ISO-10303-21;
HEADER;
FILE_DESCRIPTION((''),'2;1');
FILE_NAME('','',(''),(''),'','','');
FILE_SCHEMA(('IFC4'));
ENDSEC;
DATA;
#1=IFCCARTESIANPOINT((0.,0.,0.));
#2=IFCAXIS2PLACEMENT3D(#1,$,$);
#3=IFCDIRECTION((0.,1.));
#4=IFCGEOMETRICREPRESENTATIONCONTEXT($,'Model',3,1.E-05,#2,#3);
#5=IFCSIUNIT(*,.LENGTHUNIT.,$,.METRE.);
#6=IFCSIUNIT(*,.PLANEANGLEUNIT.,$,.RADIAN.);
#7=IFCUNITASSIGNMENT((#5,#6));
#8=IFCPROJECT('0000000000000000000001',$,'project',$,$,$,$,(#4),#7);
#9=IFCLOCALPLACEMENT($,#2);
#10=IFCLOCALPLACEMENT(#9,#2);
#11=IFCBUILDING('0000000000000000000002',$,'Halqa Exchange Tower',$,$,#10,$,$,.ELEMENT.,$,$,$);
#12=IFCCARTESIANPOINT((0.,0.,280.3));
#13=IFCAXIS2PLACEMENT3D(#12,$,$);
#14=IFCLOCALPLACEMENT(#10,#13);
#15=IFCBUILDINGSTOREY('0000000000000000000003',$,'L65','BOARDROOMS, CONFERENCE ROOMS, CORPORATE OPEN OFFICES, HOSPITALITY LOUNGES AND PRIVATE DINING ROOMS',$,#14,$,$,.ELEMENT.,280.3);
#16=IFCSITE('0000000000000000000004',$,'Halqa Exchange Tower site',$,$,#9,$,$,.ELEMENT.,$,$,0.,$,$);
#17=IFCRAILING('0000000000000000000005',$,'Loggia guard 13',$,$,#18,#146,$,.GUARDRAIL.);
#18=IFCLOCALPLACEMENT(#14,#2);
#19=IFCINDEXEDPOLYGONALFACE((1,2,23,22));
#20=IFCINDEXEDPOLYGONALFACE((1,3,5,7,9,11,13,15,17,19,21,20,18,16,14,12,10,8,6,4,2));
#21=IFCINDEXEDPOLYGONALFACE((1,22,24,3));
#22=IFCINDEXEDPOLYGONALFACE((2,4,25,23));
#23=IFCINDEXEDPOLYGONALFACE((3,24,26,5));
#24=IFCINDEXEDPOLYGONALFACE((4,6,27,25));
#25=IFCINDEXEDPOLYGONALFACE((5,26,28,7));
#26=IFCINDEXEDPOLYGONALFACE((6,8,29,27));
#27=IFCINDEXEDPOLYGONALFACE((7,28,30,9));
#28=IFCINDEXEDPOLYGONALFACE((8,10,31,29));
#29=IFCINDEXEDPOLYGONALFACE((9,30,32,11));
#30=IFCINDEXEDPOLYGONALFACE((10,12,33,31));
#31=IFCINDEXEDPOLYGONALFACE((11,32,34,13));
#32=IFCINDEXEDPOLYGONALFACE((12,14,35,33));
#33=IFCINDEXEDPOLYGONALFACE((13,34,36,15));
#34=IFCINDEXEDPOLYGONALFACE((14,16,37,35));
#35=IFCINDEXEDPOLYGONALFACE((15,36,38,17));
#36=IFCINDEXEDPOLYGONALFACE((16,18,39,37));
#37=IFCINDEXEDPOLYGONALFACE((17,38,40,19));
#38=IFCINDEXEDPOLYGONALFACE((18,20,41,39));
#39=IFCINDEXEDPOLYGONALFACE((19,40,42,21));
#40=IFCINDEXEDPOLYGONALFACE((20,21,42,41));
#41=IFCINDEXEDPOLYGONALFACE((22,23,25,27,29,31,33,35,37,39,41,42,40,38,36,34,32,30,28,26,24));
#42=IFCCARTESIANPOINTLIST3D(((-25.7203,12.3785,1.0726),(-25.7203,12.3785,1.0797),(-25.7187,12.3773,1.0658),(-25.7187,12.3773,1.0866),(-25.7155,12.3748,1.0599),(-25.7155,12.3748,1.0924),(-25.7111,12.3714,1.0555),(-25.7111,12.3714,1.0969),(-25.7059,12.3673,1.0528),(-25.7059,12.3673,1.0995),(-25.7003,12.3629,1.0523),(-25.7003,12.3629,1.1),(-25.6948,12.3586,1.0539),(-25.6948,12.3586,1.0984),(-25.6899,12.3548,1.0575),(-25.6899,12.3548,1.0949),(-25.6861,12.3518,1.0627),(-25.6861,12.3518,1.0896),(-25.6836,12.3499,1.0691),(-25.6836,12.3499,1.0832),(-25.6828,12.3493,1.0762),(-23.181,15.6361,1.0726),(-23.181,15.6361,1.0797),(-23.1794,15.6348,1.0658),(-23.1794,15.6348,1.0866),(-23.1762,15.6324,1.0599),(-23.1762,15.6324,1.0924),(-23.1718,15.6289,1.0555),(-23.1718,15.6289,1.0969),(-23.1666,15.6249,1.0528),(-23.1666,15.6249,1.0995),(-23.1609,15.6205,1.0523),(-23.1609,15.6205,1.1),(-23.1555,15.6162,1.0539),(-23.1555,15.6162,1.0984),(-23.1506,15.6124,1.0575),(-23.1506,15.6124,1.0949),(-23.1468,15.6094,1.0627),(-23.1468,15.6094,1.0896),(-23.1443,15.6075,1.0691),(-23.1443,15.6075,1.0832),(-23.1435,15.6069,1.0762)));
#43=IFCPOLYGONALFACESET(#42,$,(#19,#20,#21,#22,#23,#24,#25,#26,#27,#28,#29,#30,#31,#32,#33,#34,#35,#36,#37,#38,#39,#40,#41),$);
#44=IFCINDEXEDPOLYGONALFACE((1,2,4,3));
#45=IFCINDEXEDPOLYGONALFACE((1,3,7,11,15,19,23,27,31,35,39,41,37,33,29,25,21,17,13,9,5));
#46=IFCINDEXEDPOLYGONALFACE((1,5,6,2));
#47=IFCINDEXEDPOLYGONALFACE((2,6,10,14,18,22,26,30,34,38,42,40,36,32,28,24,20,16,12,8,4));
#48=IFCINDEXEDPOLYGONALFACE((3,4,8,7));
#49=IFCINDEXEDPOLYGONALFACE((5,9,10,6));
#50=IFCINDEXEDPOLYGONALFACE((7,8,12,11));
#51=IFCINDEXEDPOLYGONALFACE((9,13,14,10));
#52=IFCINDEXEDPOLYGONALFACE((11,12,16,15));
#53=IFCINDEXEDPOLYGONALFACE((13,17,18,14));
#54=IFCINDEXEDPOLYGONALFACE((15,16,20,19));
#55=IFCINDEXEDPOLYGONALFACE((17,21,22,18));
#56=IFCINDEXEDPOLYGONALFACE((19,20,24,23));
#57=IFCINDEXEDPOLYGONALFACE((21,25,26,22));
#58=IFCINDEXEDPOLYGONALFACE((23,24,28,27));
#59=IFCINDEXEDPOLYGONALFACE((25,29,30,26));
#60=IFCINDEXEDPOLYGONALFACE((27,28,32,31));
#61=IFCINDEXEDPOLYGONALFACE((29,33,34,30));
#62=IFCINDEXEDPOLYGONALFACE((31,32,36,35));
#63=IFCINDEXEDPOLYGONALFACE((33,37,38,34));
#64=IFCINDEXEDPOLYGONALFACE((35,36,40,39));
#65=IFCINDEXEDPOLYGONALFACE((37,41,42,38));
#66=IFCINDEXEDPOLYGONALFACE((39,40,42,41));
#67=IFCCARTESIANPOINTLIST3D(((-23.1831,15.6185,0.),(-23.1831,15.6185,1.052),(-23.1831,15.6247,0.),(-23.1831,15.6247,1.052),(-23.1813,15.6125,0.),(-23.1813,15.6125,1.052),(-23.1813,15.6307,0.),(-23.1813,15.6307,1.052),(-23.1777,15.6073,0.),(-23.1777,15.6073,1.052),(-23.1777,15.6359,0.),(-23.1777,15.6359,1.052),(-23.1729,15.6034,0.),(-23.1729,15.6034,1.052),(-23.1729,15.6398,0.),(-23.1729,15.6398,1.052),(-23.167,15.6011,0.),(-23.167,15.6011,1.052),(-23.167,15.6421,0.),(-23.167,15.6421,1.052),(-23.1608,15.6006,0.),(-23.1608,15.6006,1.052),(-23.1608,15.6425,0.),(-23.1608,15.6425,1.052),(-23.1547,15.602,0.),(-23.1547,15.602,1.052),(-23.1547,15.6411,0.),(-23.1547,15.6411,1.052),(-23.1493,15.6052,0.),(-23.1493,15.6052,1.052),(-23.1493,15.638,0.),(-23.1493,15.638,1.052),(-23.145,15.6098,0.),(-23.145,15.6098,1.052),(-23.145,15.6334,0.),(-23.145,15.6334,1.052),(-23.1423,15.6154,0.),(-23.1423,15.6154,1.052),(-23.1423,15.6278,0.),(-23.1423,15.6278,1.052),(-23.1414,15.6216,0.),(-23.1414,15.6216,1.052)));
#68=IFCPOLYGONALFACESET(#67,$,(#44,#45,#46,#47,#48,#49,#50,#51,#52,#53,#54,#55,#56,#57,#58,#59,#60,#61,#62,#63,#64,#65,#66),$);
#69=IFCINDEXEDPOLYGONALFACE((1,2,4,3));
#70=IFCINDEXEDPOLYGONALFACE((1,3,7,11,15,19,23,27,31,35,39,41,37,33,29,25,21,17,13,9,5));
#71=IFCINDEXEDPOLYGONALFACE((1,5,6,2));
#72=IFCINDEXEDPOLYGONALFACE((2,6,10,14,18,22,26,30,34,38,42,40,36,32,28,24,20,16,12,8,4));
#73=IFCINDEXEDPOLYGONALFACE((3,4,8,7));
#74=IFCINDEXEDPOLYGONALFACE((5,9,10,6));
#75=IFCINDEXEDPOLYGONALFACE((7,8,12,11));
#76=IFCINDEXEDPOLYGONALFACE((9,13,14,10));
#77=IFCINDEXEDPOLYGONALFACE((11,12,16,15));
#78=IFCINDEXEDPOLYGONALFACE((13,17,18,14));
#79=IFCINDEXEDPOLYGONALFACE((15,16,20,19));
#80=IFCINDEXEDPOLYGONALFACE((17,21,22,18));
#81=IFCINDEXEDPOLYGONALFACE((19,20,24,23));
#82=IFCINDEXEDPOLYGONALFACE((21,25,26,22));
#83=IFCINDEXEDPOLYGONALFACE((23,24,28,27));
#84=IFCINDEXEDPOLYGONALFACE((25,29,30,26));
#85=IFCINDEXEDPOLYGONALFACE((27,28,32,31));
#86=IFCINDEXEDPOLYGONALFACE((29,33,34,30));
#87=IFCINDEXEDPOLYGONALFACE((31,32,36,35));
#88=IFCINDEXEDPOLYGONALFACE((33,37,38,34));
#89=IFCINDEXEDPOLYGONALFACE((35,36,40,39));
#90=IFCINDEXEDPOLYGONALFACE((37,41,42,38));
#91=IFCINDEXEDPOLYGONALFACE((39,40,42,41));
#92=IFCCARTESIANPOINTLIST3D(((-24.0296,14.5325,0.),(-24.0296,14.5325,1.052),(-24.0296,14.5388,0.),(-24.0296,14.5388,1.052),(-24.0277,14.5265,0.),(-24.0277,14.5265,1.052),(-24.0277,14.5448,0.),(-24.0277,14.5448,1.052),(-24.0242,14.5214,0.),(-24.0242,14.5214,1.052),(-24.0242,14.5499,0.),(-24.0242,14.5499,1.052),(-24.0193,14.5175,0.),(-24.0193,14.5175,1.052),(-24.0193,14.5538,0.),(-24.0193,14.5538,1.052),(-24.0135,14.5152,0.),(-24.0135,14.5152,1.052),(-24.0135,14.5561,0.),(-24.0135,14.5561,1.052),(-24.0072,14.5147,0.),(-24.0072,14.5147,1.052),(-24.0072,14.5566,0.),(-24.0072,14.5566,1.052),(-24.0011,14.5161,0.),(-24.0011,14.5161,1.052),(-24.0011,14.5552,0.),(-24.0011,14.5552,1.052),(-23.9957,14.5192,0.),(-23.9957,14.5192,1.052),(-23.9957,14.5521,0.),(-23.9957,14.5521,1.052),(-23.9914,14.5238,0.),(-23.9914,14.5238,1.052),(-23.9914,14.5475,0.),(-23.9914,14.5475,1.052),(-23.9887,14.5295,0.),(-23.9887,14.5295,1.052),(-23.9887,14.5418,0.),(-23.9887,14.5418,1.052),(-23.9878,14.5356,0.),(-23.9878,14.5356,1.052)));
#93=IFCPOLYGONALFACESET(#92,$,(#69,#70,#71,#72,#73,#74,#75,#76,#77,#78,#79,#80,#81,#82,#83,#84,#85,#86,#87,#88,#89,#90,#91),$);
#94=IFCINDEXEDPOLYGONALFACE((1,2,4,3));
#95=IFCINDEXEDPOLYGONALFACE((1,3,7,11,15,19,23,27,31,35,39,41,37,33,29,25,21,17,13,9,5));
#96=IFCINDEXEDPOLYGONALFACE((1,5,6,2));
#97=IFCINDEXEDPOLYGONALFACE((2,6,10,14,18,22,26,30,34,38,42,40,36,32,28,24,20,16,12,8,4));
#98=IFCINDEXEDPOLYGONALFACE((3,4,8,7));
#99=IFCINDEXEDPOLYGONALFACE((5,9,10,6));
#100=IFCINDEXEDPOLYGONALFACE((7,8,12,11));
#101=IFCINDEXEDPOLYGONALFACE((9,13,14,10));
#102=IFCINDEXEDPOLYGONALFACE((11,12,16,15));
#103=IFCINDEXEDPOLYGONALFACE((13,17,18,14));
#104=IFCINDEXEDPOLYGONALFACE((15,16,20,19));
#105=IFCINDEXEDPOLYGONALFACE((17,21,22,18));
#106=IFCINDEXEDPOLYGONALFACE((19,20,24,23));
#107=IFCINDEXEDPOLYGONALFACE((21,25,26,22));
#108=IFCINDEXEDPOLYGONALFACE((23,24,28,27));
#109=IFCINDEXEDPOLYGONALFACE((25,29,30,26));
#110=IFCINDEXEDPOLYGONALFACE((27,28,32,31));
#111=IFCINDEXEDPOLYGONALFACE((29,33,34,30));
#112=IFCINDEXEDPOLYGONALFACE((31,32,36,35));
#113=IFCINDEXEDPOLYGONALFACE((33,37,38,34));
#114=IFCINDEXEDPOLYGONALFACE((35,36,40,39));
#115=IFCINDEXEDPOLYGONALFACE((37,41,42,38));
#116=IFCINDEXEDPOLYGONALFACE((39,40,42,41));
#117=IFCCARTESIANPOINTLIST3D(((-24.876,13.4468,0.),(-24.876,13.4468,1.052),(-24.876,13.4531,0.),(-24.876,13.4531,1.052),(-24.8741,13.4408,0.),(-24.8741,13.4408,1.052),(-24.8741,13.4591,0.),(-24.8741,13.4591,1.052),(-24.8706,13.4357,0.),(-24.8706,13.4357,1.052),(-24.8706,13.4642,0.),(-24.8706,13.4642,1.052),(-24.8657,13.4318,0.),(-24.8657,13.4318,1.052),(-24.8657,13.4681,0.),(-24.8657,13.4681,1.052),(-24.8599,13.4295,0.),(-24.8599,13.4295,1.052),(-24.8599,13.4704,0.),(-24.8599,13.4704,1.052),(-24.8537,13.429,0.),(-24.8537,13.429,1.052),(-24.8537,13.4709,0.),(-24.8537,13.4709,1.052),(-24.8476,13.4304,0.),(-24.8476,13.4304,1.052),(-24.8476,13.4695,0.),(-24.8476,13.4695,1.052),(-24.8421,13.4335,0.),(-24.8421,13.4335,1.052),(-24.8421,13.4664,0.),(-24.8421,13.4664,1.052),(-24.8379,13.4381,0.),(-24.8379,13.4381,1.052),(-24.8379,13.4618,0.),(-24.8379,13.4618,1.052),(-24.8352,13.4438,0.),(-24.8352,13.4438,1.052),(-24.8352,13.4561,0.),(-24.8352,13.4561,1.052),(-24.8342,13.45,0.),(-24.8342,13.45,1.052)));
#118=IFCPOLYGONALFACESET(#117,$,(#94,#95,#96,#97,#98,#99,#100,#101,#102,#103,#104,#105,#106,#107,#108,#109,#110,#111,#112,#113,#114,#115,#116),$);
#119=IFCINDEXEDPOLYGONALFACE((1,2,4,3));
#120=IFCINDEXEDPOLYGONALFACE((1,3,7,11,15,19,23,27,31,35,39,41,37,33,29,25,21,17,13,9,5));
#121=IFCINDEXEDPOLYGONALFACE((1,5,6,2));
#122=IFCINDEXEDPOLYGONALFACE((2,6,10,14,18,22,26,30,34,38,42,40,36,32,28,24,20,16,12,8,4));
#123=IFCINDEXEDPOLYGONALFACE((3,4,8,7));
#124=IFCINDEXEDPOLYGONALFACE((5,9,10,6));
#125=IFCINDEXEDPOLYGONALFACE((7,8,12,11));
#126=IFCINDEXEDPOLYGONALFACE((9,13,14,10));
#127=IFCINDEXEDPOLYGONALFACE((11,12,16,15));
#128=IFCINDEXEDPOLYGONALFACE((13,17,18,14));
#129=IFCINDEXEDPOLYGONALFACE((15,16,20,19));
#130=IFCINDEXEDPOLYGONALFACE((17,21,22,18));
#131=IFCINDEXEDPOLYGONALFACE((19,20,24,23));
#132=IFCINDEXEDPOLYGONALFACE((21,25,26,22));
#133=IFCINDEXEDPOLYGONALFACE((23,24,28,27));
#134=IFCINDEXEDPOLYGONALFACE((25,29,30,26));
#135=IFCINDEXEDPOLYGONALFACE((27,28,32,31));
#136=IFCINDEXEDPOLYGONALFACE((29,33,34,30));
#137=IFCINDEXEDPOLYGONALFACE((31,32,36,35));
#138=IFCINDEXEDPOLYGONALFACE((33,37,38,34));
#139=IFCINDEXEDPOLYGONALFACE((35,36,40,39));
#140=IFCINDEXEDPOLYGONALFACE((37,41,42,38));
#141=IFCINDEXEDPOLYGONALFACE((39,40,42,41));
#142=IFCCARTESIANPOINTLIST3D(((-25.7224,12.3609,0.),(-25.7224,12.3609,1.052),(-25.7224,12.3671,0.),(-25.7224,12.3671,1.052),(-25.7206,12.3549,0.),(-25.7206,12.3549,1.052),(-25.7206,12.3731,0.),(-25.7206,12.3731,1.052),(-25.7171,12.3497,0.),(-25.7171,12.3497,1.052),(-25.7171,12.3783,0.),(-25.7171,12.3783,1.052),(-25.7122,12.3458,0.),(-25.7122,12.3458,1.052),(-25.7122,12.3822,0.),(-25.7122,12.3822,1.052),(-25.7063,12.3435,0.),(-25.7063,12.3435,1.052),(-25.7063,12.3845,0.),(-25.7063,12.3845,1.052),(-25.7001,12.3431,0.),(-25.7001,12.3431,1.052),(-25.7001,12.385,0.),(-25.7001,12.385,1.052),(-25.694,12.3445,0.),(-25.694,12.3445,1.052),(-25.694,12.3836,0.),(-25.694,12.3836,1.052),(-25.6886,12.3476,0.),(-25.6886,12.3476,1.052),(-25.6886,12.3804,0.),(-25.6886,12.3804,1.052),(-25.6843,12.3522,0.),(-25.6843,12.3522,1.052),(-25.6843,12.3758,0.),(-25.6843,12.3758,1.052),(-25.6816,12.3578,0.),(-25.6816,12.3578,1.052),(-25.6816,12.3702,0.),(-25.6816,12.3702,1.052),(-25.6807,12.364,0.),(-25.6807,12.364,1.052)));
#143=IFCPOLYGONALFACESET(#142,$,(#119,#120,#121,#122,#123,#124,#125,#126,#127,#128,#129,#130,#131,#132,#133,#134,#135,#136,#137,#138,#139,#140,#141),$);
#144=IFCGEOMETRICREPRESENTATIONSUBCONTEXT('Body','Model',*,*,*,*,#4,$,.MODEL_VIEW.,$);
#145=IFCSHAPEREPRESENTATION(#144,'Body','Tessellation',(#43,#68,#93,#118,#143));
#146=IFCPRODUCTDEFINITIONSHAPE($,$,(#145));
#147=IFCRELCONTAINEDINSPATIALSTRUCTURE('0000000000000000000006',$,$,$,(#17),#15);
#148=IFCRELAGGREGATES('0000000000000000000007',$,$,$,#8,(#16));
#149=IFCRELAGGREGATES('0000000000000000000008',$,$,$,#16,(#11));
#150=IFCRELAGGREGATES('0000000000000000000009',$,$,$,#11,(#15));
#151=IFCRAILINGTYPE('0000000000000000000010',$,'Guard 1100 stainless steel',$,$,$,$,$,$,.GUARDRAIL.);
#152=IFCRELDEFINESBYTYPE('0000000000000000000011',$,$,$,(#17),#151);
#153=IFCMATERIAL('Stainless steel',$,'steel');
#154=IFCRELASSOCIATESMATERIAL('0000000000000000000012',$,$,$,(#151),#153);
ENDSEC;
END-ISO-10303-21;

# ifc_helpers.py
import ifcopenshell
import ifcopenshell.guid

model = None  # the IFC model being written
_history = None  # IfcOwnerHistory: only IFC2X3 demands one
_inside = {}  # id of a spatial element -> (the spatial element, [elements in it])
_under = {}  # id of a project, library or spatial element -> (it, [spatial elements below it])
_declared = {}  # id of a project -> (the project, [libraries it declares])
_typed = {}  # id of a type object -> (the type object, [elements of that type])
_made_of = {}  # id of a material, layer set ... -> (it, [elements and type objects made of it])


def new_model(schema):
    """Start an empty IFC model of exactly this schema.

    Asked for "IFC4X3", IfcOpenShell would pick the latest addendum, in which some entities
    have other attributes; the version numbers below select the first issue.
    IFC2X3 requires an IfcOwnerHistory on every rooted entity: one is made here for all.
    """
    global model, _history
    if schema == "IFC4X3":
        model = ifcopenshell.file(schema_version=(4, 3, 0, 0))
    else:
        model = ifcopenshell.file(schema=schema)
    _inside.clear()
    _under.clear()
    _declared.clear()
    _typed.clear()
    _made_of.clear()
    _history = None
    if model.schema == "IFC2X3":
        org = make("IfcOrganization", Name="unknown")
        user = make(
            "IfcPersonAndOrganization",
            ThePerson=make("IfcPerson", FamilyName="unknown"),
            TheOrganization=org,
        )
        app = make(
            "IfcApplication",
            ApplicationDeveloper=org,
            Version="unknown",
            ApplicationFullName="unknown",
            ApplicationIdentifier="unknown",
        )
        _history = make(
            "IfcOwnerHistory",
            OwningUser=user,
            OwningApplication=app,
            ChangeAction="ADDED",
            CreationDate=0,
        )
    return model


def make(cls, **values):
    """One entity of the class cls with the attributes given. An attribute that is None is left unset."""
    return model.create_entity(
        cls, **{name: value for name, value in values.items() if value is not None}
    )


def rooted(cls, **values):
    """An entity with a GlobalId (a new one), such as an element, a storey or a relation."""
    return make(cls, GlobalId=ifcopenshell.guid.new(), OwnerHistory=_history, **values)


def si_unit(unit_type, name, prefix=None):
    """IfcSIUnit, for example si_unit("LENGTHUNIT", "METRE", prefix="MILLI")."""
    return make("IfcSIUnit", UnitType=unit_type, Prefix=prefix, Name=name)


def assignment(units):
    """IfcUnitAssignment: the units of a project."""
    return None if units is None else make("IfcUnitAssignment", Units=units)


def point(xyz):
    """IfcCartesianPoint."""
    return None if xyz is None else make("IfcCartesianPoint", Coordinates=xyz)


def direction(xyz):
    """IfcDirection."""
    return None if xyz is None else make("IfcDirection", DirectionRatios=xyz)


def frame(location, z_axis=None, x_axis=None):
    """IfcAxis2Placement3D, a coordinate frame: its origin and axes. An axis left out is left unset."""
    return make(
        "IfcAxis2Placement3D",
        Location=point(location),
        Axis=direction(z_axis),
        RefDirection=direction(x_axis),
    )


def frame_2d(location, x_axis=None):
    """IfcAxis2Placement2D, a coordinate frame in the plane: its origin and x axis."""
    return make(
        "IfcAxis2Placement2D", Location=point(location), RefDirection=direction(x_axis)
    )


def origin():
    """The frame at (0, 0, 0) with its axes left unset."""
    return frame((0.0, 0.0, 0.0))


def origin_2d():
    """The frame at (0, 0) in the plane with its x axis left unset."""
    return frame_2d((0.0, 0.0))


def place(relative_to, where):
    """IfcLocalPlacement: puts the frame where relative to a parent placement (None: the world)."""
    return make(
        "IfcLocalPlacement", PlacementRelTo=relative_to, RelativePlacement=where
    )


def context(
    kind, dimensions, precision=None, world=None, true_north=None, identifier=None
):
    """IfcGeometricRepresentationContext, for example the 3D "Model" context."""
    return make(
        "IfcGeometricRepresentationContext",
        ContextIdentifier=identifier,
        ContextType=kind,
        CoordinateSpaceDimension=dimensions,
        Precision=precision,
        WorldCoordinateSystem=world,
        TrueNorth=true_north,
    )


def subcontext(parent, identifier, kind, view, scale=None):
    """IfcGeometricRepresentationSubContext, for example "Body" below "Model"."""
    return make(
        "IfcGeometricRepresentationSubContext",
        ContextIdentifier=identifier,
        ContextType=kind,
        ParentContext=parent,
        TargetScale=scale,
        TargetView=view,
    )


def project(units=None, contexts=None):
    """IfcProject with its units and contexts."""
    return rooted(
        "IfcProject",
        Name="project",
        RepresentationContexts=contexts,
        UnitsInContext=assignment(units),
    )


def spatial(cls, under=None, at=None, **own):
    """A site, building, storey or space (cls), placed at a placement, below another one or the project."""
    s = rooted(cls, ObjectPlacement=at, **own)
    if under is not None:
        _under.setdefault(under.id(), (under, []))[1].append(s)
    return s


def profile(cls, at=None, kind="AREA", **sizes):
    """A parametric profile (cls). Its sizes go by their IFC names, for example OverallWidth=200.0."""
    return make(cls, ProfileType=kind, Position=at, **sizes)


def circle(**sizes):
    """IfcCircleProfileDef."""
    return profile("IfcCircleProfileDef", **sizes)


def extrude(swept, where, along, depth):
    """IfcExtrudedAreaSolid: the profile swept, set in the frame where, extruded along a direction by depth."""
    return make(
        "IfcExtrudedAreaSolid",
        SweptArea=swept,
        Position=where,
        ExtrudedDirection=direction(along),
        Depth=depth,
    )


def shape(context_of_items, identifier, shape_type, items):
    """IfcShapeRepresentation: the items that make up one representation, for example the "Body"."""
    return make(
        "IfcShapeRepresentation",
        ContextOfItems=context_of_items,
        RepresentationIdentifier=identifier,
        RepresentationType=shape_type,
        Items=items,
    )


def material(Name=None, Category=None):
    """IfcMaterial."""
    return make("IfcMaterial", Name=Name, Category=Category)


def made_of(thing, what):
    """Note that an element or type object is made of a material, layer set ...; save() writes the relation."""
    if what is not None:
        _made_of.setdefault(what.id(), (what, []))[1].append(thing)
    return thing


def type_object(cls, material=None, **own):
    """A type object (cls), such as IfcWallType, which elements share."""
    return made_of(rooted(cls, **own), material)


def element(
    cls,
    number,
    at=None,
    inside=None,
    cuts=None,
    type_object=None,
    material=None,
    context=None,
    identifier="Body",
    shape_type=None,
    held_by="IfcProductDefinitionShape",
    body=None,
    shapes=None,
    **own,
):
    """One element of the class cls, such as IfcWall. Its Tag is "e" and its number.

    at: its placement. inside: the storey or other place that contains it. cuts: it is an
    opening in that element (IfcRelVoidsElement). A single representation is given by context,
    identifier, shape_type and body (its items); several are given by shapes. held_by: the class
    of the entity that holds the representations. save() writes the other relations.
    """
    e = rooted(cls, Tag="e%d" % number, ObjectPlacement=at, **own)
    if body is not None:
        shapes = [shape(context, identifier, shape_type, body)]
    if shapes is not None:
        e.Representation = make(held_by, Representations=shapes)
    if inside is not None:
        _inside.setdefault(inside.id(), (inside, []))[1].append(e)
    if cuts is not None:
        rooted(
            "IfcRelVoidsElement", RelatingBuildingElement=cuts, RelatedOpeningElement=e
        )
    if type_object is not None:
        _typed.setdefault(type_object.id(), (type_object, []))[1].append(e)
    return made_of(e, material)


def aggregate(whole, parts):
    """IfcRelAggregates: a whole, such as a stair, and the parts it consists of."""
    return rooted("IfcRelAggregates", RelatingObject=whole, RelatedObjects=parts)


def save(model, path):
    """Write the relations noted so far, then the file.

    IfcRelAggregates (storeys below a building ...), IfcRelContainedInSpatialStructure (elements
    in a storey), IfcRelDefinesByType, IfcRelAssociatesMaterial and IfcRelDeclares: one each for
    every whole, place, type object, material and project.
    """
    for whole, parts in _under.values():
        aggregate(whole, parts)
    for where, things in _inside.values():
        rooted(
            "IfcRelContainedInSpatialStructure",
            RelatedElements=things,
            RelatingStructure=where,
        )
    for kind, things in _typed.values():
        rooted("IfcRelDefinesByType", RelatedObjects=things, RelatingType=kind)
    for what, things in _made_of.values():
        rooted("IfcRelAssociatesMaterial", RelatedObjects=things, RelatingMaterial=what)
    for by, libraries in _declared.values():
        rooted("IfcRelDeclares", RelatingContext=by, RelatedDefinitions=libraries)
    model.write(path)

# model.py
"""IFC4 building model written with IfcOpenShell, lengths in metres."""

from ifc_helpers import new_model, si_unit, direction, frame, origin, origin_2d, place, context, subcontext, project, spatial, circle, extrude, material, type_object, element, save


model = new_model("IFC4")

# Units and contexts
model_context = context("Model", 3, precision=1e-05, world=origin(), true_north=direction((0.0, 1.0)))
body_context = subcontext(model_context, "Body", "Model", "MODEL_VIEW")
ifc_project = project(units=[si_unit("LENGTHUNIT", "METRE"), si_unit("PLANEANGLEUNIT", "RADIAN")], contexts=[model_context])

# Site, building, storey
site_placement = place(None, origin())
site = spatial("IfcSite", under=ifc_project, at=site_placement, Name="Halqa Exchange Tower site", CompositionType="ELEMENT", RefElevation=0.0)
building_placement = place(site_placement, origin())
building = spatial("IfcBuilding", under=site, at=building_placement, Name="Halqa Exchange Tower", CompositionType="ELEMENT")
storey_placement = place(building_placement, frame((0.0, 0.0, 280.3)))
storey = spatial("IfcBuildingStorey", under=building, at=storey_placement, Name="L65", Description="BOARDROOMS, CONFERENCE ROOMS, CORPORATE OPEN OFFICES, HOSPITALITY LOUNGES AND PRIVATE DINING ROOMS", CompositionType="ELEMENT", Elevation=280.3)

# Railing
ifc_material_1 = material(Name="Stainless steel", Category="steel")
railing_type = type_object("IfcRailingType", Name="Guard 1100 stainless steel", PredefinedType="GUARDRAIL", material=ifc_material_1)
railing_1_placement = place(storey_placement, frame((-23.1624, 15.6216, 0.0)))
element("IfcRailing", 1, at=railing_1_placement, inside=storey, type_object=railing_type, Name="Loggia guard 13", PredefinedType="GUARDRAIL", context=body_context, shape_type="SweptSolid", body=[
    extrude(circle(Radius=0.0239, at=origin_2d()), frame((0.0, 0.0, 1.0762), z_axis=(-0.614791, -0.78869, 0.0), x_axis=(0.78869, -0.614791, 0.0)), (0.0, 0.0, 1.0), 4.1304),
    extrude(circle(Radius=0.021, at=origin_2d()), origin(), (0.0, 0.0, 1.0), 1.052),
    extrude(circle(Radius=0.021, at=origin_2d()), frame((-0.8464, -1.0859, 0.0)), (0.0, 0.0, 1.0), 1.052),
    extrude(circle(Radius=0.021, at=origin_2d()), frame((-1.6929, -2.1716, 0.0)), (0.0, 0.0, 1.0), 1.052),
    extrude(circle(Radius=0.021, at=origin_2d()), frame((-2.5393, -3.2576, 0.0)), (0.0, 0.0, 1.0), 1.052),
])

save(model, "model.ifc")
